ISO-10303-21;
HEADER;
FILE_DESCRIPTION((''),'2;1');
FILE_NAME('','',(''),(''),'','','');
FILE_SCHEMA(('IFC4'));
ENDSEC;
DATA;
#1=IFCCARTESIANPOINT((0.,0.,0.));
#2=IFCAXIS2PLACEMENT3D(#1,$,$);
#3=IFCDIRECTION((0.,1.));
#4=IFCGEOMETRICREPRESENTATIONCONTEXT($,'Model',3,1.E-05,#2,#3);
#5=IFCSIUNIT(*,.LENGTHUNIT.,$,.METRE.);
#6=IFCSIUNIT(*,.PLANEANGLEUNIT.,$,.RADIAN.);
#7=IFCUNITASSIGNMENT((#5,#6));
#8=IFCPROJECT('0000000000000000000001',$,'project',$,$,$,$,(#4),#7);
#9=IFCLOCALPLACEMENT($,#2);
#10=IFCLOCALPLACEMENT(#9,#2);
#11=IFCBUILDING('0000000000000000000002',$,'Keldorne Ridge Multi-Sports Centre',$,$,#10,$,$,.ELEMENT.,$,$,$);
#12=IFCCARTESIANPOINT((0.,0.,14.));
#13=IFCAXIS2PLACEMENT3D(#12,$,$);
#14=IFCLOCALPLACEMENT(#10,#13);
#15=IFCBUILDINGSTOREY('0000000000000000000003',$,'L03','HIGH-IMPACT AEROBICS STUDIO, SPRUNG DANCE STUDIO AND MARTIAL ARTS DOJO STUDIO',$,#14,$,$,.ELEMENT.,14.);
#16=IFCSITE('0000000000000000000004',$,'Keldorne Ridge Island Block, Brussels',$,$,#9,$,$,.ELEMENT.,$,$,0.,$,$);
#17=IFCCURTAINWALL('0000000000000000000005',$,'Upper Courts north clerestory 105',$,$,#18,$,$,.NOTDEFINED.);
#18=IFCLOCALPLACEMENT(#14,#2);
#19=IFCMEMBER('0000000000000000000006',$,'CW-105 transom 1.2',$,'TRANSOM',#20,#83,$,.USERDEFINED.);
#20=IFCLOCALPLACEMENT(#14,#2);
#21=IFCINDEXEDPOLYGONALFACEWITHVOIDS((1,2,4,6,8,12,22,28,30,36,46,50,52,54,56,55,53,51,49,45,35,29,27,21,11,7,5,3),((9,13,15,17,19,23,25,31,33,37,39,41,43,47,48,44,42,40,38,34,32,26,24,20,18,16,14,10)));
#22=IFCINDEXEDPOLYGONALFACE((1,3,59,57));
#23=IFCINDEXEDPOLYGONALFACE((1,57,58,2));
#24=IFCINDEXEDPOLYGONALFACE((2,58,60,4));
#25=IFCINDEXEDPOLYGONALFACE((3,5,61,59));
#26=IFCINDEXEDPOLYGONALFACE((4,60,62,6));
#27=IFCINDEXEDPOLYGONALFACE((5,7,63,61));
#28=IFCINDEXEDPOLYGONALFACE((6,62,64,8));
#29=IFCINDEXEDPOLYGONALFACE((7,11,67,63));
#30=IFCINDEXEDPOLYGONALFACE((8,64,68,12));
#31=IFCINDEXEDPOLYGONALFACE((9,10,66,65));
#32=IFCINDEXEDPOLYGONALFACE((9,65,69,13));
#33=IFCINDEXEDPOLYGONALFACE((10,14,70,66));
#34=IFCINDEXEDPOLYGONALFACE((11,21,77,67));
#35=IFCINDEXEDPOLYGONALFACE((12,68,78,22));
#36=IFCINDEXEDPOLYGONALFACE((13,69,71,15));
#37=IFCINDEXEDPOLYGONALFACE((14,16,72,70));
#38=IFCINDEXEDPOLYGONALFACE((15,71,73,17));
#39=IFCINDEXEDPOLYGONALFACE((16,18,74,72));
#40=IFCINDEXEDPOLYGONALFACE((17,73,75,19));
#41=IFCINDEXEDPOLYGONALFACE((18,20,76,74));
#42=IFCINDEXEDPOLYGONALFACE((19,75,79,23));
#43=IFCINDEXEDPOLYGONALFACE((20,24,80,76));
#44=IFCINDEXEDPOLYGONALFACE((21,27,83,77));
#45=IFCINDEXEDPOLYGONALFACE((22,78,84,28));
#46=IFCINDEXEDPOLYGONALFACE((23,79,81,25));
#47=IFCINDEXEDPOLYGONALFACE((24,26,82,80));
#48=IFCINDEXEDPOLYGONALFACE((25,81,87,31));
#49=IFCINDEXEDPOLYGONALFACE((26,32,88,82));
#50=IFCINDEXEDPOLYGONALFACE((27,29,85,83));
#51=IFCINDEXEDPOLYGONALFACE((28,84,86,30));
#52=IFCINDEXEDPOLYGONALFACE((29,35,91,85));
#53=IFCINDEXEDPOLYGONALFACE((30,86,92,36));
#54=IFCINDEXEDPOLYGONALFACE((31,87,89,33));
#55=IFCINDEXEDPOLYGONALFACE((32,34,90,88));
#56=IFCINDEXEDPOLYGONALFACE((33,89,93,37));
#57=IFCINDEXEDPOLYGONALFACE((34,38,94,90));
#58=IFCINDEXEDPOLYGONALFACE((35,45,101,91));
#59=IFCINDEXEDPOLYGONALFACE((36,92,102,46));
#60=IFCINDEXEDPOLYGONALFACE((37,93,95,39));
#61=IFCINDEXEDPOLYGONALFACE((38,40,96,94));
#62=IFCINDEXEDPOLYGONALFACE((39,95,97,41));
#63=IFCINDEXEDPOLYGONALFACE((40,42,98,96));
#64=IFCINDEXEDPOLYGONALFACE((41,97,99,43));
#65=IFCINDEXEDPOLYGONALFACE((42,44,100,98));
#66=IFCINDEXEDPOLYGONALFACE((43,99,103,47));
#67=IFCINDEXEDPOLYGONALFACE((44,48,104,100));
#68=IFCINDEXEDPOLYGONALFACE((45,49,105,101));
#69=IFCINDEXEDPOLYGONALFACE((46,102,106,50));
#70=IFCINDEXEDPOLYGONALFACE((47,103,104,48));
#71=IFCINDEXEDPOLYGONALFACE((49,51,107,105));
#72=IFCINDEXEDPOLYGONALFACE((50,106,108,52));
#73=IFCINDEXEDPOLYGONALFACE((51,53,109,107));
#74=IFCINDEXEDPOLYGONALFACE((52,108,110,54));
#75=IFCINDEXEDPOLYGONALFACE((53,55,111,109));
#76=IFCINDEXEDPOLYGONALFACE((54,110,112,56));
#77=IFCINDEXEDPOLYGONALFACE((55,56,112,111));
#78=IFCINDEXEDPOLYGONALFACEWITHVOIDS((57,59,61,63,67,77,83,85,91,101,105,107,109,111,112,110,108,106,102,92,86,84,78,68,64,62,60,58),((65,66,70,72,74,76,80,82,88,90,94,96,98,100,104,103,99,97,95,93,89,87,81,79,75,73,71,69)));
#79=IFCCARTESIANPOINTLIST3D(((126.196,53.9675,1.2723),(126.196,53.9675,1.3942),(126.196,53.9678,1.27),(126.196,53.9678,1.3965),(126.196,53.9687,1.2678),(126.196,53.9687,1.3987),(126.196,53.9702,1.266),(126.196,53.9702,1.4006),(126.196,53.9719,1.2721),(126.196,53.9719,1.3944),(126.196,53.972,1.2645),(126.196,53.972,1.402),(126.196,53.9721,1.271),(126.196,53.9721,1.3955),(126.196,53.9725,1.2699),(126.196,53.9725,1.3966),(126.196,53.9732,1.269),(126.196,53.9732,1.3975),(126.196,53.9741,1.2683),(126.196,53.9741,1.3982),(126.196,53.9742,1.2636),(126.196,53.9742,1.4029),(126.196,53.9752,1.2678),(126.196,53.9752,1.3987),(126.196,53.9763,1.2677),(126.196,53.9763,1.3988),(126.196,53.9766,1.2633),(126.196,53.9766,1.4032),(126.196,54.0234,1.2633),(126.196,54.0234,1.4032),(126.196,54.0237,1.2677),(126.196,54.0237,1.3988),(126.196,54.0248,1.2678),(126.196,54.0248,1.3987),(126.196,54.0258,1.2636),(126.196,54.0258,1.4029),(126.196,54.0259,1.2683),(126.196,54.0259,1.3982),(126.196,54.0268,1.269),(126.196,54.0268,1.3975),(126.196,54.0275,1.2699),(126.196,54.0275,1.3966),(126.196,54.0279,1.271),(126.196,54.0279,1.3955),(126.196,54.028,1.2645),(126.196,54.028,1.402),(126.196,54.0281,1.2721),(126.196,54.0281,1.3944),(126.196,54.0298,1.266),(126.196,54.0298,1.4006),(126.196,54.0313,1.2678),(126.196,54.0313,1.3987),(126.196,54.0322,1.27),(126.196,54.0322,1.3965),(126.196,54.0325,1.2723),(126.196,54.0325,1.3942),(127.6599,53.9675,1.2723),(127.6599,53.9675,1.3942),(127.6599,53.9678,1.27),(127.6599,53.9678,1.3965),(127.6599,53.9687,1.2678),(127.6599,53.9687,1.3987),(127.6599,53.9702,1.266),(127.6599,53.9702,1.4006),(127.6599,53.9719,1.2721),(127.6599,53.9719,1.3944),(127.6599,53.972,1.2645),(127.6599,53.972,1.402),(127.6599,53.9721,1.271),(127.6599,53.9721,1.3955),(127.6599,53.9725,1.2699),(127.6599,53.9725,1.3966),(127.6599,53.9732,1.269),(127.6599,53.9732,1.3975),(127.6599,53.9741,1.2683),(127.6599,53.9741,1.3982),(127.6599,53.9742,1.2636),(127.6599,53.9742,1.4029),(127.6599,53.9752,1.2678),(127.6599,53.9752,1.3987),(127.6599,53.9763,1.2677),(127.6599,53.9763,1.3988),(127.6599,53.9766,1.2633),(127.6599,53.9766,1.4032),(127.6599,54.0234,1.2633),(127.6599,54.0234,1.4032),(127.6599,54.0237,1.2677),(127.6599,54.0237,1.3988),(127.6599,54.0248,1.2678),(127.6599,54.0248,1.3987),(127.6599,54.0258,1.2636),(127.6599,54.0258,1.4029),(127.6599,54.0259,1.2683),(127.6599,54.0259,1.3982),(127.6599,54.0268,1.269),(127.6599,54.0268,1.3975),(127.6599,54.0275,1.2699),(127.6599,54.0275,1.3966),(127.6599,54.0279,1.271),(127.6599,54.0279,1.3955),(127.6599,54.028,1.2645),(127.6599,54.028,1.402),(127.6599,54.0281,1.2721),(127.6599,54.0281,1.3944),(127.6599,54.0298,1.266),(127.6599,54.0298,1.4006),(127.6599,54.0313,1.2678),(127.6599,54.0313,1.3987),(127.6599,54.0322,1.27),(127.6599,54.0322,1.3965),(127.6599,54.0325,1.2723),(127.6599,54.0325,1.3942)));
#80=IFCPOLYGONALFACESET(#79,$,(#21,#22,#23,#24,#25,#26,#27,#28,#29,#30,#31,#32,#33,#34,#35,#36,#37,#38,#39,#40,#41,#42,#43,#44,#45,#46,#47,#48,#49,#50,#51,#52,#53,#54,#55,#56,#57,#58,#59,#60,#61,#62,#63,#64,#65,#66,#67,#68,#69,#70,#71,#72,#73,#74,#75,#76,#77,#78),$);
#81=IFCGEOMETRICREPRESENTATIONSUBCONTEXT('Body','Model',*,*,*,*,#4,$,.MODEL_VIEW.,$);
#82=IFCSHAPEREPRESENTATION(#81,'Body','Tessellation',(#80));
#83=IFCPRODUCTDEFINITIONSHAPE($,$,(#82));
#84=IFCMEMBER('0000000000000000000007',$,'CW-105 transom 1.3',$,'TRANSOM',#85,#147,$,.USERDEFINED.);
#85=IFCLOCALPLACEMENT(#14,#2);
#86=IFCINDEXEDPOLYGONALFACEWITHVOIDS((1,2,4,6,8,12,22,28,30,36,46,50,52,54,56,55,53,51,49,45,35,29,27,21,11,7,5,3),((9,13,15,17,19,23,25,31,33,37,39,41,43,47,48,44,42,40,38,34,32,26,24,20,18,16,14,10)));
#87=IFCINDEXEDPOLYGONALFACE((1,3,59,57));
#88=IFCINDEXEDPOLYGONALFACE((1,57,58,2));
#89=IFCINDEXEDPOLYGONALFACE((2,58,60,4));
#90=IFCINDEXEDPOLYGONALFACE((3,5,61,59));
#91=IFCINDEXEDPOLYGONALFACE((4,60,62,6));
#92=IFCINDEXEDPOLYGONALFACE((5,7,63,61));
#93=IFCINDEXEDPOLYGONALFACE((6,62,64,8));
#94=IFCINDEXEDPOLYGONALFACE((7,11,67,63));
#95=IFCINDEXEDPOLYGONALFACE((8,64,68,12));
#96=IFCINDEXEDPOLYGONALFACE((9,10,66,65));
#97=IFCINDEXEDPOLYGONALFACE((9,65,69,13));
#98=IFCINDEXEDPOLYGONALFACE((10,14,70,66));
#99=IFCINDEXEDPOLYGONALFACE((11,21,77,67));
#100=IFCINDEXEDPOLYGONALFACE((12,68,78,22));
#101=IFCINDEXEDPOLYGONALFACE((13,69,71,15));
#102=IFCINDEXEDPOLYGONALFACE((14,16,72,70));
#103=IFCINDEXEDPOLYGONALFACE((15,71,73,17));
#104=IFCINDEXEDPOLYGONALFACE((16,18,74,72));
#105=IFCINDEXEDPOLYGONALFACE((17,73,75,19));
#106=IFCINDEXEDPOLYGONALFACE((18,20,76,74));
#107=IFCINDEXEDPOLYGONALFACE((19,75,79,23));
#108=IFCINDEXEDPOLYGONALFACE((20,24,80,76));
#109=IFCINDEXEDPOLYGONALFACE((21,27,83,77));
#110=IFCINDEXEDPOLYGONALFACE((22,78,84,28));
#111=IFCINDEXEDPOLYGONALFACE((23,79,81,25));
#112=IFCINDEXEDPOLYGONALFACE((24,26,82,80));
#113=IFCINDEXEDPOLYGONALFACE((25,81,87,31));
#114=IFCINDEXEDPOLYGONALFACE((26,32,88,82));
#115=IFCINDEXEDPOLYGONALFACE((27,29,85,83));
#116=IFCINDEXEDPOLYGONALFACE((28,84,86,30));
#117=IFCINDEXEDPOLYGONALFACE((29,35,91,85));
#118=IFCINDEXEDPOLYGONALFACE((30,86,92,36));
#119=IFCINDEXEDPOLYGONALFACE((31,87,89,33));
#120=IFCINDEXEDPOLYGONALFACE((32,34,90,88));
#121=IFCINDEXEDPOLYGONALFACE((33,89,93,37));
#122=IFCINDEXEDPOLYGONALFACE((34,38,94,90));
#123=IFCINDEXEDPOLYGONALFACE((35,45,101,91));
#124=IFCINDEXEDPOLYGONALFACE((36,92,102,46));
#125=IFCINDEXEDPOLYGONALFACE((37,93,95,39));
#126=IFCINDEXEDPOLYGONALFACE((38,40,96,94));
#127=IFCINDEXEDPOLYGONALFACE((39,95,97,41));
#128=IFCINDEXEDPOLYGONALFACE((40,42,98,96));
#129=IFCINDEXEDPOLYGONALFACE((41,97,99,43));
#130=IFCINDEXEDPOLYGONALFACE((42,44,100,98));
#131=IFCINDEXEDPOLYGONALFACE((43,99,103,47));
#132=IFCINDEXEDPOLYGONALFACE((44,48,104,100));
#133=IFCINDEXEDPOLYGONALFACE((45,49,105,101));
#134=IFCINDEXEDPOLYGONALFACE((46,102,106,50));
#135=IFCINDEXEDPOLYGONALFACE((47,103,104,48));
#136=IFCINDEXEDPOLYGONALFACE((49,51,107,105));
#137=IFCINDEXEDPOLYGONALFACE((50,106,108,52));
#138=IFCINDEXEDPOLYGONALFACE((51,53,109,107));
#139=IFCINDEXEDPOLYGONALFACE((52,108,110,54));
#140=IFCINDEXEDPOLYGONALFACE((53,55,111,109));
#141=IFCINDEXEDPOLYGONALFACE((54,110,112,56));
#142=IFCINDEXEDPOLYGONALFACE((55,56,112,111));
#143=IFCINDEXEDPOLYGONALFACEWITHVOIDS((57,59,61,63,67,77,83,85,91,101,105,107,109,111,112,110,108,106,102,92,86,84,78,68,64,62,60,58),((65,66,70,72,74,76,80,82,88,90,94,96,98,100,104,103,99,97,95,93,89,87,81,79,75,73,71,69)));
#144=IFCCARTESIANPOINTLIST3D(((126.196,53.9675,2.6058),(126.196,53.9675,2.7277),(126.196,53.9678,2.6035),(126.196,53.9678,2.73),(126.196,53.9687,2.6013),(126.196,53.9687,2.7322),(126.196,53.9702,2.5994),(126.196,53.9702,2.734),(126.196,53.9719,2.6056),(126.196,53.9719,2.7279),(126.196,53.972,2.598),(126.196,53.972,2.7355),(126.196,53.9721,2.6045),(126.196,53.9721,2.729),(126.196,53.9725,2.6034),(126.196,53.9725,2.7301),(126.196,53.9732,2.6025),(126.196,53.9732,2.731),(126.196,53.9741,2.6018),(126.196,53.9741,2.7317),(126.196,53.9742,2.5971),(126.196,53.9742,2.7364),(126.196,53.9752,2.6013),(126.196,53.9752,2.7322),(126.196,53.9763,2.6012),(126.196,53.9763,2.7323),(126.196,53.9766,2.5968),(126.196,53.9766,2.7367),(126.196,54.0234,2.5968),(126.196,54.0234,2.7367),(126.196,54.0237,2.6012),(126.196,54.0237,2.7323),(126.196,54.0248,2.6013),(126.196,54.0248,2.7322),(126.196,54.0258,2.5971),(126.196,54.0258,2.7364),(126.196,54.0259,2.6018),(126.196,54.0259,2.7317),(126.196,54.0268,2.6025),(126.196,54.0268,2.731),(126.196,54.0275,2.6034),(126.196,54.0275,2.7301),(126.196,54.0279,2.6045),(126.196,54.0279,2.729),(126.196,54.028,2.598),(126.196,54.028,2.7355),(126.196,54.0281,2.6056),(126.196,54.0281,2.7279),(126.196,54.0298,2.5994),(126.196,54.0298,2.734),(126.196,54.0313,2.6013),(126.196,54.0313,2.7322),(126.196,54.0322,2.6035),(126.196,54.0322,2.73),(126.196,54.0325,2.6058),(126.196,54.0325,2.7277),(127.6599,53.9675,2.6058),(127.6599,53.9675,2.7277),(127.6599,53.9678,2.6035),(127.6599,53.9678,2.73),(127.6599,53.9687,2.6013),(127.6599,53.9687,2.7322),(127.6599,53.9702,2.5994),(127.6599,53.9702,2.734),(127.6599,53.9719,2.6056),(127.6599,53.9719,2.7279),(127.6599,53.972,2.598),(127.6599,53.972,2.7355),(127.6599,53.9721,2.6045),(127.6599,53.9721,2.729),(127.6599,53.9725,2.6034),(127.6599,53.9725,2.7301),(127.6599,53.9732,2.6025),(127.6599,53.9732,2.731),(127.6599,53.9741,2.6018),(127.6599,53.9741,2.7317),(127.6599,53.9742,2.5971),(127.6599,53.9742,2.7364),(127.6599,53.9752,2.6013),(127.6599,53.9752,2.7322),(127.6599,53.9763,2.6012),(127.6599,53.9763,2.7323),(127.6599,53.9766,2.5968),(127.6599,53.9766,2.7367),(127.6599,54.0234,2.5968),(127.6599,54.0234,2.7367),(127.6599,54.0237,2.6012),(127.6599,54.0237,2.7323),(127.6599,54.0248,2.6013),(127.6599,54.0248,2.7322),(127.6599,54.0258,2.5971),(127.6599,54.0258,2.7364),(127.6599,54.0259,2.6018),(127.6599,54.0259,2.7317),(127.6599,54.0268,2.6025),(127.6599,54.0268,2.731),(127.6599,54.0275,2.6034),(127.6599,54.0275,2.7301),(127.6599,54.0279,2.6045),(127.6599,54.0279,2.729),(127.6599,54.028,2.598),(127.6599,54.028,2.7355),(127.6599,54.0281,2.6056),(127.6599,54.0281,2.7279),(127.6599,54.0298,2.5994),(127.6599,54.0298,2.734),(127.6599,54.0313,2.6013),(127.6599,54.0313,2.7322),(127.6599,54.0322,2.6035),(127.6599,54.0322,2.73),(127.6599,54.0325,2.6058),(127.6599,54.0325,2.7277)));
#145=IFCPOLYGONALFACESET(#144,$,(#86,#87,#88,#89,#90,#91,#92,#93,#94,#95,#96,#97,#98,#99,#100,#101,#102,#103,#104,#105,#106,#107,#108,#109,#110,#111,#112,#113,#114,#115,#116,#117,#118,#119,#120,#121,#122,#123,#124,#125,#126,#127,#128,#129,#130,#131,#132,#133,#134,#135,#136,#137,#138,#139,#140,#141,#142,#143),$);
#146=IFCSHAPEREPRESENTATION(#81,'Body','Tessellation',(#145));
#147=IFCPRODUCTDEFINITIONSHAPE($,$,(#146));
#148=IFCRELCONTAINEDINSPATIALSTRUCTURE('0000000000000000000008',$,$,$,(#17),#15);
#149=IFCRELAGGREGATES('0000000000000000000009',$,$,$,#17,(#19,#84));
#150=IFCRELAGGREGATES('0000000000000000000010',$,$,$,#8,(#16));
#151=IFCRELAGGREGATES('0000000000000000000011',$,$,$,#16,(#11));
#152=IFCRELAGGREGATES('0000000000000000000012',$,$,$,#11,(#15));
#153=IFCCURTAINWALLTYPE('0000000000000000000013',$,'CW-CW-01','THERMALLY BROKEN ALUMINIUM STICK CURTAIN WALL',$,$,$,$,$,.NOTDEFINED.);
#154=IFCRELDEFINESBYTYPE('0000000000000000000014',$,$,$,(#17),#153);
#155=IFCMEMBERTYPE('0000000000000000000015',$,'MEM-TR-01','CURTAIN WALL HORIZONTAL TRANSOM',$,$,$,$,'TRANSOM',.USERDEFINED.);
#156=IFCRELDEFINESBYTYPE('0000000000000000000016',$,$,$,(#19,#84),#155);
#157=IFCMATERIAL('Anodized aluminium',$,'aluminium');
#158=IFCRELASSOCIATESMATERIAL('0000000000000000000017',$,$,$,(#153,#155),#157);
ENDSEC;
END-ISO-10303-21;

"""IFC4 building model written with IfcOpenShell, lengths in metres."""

from ifc_helpers import new_model, si_unit, direction, frame, origin, origin_2d, place, context, subcontext, project, spatial, hollow_rectangle, extrude, material, material_profile, profile_set, type_object, element, aggregate, save


model = new_model("IFC4")

# Units and contexts
model_context = context("Model", 3, precision=1e-05, world=origin(), true_north=direction((0.0, 1.0)))
body_context = subcontext(model_context, "Body", "Model", "MODEL_VIEW")
ifc_project = project(units=[si_unit("LENGTHUNIT", "METRE"), si_unit("PLANEANGLEUNIT", "RADIAN")], contexts=[model_context])

# Site, building, storey
site_placement = place(None, origin())
site = spatial("IfcSite", under=ifc_project, at=site_placement, Name="Keldorne Ridge Island Block, Brussels", CompositionType="ELEMENT", RefElevation=0.0)
building_placement = place(site_placement, origin())
building = spatial("IfcBuilding", under=site, at=building_placement, Name="Keldorne Ridge Multi-Sports Centre", CompositionType="ELEMENT")
storey_placement = place(building_placement, frame((0.0, 0.0, 14.0)))
storey = spatial("IfcBuildingStorey", under=building, at=storey_placement, Name="L03", Description="HIGH-IMPACT AEROBICS STUDIO, SPRUNG DANCE STUDIO AND MARTIAL ARTS DOJO STUDIO", CompositionType="ELEMENT", Elevation=14.0)

# Curtain wall, members
ifc_material_1 = material(Name="Anodized aluminium", Category="aluminium")
curtain_wall_type_1 = type_object("IfcCurtainWallType", Name="CW-CW-01", Description="THERMALLY BROKEN ALUMINIUM STICK CURTAIN WALL", PredefinedType="NOTDEFINED", material=ifc_material_1)
curtain_wall_1_placement = place(storey_placement, origin())
curtain_wall_1 = element("IfcCurtainWall", 1, at=curtain_wall_1_placement, inside=storey, type_object=curtain_wall_type_1, Name="Upper Courts north clerestory 105", PredefinedType="NOTDEFINED")
ifc_material_profile_1 = material_profile(ifc_material_1, hollow_rectangle(XDim=0.0649, YDim=0.1399, WallThickness=0.0044, InnerFilletRadius=0.0044, OuterFilletRadius=0.009, at=origin_2d()), Name="ALU TRANSOM 140x65x4.5")
ifc_profile_set_1 = profile_set([ifc_material_profile_1], Name="Anodized aluminium")
member_type_1 = type_object("IfcMemberType", Name="MEM-TR-01", Description="CURTAIN WALL HORIZONTAL TRANSOM", ElementType="TRANSOM", PredefinedType="USERDEFINED", material=ifc_profile_set_1)
member_1_placement = place(storey_placement, frame((127.6599, 54.0, 1.3333), z_axis=(-1.0, 0.0, 0.0), x_axis=(0.0, -1.0, 0.0)))
member_1 = element("IfcMember", 2, at=member_1_placement, type_object=member_type_1, Name="CW-105 transom 1.2", ObjectType="TRANSOM", PredefinedType="USERDEFINED", context=body_context, shape_type="SweptSolid", body=[
    extrude(hollow_rectangle(XDim=0.0649, YDim=0.1399, WallThickness=0.0044, InnerFilletRadius=0.0044, OuterFilletRadius=0.009, at=origin_2d()), origin(), (0.0, 0.0, 1.0), 1.4639),
])
member_2_placement = place(storey_placement, frame((127.6599, 54.0, 2.6667), z_axis=(-1.0, 0.0, 0.0), x_axis=(0.0, -1.0, 0.0)))
member_2 = element("IfcMember", 3, at=member_2_placement, type_object=member_type_1, Name="CW-105 transom 1.3", ObjectType="TRANSOM", PredefinedType="USERDEFINED", context=body_context, shape_type="SweptSolid", body=[
    extrude(hollow_rectangle(XDim=0.0649, YDim=0.1399, WallThickness=0.0044, InnerFilletRadius=0.0044, OuterFilletRadius=0.009, at=origin_2d()), origin(), (0.0, 0.0, 1.0), 1.4639),
])
aggregate(curtain_wall_1, [member_1, member_2])

save(model, "model.ifc")
